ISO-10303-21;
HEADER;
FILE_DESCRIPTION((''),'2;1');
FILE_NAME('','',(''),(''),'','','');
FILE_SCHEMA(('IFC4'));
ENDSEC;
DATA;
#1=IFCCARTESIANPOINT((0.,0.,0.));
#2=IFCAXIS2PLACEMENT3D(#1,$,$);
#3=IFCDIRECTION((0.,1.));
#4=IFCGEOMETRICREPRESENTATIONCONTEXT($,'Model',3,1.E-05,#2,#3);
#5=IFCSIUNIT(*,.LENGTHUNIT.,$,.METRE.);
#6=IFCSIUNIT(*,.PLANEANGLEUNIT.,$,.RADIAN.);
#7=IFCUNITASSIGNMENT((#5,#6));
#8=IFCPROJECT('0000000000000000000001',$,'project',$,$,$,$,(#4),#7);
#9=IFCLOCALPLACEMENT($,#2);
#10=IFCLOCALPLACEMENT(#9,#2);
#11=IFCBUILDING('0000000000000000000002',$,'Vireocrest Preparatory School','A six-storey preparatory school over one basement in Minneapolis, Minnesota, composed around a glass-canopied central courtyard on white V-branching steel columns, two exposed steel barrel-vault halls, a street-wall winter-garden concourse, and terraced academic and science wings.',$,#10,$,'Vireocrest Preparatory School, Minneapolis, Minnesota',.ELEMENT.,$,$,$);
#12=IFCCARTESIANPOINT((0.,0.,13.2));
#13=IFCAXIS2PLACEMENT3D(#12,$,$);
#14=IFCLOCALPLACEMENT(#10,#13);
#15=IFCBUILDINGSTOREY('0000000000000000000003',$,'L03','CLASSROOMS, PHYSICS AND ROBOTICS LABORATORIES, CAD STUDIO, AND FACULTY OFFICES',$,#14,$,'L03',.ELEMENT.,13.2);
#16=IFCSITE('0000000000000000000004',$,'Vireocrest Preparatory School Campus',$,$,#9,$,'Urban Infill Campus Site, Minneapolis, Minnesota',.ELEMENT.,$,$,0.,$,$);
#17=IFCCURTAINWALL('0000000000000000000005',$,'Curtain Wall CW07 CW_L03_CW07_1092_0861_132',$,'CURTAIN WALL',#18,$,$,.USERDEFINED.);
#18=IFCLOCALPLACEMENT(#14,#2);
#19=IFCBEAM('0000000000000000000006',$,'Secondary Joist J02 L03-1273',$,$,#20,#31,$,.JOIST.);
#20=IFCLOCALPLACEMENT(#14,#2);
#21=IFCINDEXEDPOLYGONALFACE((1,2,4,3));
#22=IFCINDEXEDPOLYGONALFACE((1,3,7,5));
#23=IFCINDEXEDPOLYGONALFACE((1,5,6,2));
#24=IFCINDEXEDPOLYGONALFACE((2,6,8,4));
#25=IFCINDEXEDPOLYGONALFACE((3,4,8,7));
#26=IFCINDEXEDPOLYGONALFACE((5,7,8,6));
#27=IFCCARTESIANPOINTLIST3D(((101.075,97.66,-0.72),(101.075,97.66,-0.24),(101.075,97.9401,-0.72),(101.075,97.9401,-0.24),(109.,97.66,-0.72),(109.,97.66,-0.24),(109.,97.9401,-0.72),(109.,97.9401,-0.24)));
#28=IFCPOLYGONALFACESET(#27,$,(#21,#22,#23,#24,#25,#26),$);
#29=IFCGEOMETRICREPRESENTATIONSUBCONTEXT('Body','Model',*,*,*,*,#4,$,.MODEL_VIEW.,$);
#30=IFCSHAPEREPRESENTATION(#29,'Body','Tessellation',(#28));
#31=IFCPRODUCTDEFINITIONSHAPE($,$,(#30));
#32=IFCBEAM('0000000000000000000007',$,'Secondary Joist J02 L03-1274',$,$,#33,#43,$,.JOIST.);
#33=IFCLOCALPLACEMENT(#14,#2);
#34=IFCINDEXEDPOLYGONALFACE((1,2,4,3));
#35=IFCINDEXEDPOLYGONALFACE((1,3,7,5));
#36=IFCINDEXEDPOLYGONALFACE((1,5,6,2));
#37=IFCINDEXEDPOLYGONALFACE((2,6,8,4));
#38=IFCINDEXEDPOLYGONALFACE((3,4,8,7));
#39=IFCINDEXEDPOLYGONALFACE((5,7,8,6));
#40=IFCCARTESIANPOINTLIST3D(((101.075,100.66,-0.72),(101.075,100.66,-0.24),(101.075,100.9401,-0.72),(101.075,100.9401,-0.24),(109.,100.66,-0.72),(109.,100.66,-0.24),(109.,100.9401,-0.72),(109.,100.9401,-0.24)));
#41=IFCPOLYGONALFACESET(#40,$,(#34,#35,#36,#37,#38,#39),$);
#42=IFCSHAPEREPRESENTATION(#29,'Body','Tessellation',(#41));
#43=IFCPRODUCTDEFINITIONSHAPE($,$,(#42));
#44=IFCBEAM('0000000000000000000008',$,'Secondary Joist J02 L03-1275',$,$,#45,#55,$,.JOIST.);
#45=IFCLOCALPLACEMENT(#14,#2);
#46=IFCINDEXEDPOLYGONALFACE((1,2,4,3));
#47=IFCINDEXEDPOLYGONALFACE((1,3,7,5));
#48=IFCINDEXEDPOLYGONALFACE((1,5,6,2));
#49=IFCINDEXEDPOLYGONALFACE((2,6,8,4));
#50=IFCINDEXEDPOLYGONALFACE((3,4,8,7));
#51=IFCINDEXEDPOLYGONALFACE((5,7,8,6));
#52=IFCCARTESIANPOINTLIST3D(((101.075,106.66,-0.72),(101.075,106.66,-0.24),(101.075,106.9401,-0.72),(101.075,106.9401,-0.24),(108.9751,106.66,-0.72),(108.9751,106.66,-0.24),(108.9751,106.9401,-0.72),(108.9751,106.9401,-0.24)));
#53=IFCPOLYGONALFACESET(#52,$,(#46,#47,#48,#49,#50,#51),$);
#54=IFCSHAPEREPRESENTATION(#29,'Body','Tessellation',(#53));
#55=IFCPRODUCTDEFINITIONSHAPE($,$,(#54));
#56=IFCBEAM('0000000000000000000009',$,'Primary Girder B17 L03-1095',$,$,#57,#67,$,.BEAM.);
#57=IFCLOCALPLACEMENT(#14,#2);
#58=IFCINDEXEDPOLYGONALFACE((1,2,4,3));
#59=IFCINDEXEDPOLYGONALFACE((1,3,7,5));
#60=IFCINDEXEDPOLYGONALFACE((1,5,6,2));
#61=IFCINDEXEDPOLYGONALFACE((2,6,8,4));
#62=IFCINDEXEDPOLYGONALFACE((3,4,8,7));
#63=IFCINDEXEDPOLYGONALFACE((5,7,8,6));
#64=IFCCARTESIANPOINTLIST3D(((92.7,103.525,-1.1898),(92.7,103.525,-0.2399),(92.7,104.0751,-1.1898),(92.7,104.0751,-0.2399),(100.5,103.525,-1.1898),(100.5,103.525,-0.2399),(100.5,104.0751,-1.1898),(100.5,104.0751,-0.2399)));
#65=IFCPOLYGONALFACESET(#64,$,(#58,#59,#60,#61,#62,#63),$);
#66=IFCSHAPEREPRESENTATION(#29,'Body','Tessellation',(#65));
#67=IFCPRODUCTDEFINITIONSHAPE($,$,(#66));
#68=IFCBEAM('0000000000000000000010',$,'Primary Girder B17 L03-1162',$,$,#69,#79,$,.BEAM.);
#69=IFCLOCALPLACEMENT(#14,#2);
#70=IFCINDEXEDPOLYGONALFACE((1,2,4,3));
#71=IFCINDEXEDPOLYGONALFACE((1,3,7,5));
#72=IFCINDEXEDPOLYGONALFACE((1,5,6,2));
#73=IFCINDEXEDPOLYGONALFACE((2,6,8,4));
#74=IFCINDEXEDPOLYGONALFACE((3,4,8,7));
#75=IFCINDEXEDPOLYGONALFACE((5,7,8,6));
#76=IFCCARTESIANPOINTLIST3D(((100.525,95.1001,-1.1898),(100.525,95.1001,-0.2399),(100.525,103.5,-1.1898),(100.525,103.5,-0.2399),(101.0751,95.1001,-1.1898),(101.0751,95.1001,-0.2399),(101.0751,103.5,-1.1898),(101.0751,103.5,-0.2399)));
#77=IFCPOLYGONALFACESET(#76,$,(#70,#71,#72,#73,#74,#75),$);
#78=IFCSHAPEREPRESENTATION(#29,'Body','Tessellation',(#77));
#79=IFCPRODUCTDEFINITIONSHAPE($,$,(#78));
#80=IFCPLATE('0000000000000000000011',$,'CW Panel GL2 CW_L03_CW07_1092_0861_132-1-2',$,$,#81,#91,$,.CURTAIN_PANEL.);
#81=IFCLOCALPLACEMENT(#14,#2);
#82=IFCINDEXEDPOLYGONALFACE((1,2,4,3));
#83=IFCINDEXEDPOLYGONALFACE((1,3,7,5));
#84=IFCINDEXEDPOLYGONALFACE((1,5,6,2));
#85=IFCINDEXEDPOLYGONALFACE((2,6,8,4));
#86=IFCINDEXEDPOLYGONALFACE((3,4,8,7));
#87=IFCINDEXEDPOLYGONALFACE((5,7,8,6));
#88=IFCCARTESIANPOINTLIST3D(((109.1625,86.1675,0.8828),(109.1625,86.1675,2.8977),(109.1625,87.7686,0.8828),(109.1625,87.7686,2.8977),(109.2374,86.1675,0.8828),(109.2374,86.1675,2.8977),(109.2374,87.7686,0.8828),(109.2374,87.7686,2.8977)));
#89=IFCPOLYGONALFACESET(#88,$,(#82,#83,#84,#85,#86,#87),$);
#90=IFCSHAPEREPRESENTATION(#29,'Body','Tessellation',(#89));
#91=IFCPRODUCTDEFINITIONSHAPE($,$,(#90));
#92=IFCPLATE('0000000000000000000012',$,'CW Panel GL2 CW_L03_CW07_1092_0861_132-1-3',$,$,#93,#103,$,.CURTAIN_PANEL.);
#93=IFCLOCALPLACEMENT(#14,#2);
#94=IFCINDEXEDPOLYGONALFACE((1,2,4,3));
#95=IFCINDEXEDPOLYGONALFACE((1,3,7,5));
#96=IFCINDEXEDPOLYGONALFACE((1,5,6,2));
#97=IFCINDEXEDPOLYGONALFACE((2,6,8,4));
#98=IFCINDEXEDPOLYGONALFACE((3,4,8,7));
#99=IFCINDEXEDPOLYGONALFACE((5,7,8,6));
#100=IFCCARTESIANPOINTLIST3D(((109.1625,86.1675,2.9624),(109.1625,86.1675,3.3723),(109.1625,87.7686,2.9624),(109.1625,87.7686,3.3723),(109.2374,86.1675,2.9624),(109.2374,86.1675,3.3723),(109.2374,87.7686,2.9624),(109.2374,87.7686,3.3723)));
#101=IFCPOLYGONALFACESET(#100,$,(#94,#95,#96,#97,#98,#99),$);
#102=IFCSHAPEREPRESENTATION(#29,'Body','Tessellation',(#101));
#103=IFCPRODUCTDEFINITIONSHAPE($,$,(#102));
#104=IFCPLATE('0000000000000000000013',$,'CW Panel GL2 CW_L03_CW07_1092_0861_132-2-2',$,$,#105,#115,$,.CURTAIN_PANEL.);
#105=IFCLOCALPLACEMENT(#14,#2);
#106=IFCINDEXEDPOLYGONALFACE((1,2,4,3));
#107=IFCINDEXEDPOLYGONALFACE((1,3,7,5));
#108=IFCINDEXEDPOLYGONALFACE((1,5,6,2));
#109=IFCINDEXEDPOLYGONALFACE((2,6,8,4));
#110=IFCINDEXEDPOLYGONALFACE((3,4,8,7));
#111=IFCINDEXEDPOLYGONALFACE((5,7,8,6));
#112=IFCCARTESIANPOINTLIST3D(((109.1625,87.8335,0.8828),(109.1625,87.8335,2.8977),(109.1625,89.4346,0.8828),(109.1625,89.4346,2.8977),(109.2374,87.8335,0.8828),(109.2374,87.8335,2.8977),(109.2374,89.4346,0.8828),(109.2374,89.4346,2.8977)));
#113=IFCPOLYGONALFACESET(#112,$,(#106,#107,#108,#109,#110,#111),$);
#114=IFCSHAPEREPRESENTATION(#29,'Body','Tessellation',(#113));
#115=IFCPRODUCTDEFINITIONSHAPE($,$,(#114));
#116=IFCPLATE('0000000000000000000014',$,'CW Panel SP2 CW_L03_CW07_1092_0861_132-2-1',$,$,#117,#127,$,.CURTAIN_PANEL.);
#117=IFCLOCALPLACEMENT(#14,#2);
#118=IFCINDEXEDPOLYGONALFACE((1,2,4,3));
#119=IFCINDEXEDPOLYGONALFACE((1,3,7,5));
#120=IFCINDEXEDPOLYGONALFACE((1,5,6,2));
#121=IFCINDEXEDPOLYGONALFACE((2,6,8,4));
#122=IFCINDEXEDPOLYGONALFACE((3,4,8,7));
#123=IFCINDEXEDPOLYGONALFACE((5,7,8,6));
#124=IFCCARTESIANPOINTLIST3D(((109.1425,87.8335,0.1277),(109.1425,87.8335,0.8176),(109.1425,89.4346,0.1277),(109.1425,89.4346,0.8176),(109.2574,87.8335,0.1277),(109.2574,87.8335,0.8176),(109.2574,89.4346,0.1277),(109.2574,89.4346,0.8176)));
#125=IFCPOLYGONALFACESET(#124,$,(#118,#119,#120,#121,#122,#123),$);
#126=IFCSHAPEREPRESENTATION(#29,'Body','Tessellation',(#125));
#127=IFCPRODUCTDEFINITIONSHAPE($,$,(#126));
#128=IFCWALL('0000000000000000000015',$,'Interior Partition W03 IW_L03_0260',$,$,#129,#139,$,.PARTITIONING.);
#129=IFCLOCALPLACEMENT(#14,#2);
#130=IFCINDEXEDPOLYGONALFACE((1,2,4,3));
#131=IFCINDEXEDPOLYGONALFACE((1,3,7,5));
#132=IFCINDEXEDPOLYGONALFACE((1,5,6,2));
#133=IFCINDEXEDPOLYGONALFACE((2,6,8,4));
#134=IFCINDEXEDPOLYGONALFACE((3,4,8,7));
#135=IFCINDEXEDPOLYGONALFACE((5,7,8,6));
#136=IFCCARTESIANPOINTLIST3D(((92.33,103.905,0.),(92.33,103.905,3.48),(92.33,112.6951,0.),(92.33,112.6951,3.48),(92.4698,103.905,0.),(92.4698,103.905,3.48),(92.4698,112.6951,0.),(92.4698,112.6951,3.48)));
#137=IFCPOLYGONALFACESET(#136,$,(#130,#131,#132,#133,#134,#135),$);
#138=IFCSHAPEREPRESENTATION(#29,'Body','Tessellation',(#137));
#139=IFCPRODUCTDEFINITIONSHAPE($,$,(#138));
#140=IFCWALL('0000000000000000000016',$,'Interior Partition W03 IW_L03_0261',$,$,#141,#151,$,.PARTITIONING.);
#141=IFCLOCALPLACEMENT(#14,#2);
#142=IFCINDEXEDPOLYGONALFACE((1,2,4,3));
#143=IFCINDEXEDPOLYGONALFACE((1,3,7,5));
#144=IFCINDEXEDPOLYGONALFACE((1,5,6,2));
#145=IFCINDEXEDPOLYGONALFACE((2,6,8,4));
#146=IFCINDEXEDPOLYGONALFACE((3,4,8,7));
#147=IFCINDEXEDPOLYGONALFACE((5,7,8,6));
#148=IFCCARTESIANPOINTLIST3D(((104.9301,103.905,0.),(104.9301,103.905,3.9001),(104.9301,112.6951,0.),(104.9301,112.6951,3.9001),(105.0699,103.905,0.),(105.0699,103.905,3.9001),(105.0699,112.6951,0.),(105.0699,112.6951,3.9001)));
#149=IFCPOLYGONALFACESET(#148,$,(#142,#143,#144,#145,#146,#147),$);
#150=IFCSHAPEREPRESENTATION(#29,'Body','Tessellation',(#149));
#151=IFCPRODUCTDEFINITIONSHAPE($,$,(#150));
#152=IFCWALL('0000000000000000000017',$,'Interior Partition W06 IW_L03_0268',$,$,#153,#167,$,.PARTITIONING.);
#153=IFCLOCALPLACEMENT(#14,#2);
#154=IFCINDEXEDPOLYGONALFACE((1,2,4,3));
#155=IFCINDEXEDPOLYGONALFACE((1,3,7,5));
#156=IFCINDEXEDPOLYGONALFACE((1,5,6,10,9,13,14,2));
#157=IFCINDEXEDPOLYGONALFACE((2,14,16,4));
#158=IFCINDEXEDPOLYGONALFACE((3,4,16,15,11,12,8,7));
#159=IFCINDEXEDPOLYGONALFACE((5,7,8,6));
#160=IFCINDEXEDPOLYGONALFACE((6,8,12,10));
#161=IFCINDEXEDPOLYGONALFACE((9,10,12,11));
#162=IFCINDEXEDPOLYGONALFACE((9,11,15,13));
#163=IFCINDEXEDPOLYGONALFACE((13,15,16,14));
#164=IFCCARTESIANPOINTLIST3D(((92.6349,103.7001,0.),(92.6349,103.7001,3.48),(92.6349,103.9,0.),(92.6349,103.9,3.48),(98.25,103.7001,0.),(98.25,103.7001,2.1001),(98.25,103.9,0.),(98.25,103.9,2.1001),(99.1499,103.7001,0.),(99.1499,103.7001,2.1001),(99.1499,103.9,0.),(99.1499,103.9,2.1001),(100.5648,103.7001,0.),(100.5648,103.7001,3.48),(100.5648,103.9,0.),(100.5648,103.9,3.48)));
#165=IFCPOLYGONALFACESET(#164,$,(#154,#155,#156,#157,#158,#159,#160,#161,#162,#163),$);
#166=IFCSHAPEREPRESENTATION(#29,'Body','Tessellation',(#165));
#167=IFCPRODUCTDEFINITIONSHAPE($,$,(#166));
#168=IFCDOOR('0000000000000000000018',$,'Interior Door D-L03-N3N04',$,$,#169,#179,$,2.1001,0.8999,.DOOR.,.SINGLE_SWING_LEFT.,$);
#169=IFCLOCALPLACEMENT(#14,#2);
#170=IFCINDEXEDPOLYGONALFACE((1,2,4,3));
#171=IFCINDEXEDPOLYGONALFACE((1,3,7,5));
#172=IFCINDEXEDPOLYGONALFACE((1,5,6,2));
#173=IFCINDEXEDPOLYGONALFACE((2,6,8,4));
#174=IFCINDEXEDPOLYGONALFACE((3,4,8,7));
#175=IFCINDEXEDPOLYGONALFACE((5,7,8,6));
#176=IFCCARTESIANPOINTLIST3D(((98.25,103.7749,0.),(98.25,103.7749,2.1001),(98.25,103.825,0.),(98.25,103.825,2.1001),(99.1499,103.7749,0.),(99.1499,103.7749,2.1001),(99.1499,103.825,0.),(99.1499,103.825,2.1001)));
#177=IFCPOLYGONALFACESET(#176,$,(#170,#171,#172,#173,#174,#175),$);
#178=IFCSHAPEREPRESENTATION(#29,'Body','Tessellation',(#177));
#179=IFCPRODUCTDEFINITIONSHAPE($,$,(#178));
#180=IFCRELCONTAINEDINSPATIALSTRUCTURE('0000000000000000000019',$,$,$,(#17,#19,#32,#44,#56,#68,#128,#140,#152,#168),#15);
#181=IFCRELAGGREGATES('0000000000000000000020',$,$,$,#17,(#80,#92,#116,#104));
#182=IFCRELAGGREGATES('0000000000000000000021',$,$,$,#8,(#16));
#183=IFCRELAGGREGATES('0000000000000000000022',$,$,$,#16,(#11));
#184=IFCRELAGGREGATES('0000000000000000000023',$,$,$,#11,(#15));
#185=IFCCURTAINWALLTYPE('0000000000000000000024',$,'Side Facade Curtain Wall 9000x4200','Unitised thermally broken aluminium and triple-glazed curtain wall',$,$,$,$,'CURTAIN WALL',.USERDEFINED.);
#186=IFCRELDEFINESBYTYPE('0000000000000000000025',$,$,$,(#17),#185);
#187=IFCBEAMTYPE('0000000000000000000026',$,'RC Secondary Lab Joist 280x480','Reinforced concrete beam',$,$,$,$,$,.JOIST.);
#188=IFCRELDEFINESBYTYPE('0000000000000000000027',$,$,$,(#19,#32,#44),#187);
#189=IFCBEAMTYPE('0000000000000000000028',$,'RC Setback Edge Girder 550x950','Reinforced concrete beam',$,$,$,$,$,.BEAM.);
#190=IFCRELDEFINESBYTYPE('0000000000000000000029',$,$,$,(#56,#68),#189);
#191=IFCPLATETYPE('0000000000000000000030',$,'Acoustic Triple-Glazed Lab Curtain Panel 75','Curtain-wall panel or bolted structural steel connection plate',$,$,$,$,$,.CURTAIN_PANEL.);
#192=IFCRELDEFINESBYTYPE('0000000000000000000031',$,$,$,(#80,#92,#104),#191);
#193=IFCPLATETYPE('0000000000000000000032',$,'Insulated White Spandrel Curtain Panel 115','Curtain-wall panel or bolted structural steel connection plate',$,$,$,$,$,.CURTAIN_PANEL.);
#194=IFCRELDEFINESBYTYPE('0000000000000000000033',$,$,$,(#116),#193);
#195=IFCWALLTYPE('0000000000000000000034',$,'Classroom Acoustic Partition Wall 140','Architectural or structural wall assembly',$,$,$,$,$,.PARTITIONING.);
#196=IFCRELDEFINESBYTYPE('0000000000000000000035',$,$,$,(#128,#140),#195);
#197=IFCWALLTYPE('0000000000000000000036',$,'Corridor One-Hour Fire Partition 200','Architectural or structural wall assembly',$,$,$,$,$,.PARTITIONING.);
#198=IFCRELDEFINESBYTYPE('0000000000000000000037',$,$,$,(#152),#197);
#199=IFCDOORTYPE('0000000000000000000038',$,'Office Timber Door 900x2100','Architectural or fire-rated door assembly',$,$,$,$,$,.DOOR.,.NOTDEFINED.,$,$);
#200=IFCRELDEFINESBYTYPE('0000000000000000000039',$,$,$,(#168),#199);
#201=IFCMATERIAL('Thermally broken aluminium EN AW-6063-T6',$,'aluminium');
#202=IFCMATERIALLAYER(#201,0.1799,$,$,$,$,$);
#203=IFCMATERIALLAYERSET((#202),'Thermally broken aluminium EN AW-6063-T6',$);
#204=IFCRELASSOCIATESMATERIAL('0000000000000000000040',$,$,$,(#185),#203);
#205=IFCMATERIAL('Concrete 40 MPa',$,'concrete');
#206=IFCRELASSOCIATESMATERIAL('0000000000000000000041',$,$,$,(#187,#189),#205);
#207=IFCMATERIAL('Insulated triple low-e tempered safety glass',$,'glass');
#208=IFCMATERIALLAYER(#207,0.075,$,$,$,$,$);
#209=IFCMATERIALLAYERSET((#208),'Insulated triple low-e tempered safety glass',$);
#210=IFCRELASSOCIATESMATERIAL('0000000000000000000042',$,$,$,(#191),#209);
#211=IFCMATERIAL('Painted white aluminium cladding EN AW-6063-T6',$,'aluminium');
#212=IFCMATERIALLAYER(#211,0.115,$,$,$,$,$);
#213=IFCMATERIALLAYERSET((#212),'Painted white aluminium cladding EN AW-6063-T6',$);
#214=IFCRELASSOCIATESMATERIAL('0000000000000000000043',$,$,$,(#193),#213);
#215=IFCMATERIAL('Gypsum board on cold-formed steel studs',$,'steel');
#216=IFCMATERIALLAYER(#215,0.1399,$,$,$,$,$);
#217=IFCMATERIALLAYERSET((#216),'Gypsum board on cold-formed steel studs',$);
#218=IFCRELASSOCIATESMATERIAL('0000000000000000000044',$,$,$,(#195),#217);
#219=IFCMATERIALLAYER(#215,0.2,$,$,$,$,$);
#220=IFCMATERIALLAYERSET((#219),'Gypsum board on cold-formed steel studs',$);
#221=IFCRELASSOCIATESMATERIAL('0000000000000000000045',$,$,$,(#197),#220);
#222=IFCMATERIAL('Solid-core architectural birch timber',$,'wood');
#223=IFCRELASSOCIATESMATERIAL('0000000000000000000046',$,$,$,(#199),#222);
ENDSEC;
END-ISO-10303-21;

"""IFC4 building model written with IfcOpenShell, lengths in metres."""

from ifc_helpers import new_model, si_unit, direction, frame, frame_2d, origin, origin_2d, place, context, subcontext, project, spatial, rectangle, extrude, material, layer, layer_set, material_profile, profile_set, type_object, element, fill, aggregate, save


model = new_model("IFC4")

# Units and contexts
model_context = context("Model", 3, precision=1e-05, world=origin(), true_north=direction((0.0, 1.0)))
body_context = subcontext(model_context, "Body", "Model", "MODEL_VIEW")
ifc_project = project(units=[si_unit("LENGTHUNIT", "METRE"), si_unit("PLANEANGLEUNIT", "RADIAN")], contexts=[model_context])

# Site, building, storey
site_placement = place(None, origin())
site = spatial("IfcSite", under=ifc_project, at=site_placement, Name="Vireocrest Preparatory School Campus", LongName="Urban Infill Campus Site, Minneapolis, Minnesota", CompositionType="ELEMENT", RefElevation=0.0)
building_placement = place(site_placement, origin())
building = spatial("IfcBuilding", under=site, at=building_placement, Name="Vireocrest Preparatory School", Description="A six-storey preparatory school over one basement in Minneapolis, Minnesota, composed around a glass-canopied central courtyard on white V-branching steel columns, two exposed steel barrel-vault halls, a street-wall winter-garden concourse, and terraced academic and science wings.", LongName="Vireocrest Preparatory School, Minneapolis, Minnesota", CompositionType="ELEMENT")
storey_placement = place(building_placement, frame((0.0, 0.0, 13.2)))
storey = spatial("IfcBuildingStorey", under=building, at=storey_placement, Name="L03", Description="CLASSROOMS, PHYSICS AND ROBOTICS LABORATORIES, CAD STUDIO, AND FACULTY OFFICES", LongName="L03", CompositionType="ELEMENT", Elevation=13.2)

# Curtain wall
ifc_material_1 = material(Name="Thermally broken aluminium EN AW-6063-T6", Category="aluminium")
ifc_layer_1 = layer(ifc_material_1, 0.1799)
ifc_layer_set_1 = layer_set([ifc_layer_1], Name="Thermally broken aluminium EN AW-6063-T6")
curtain_wall_type = type_object("IfcCurtainWallType", Name="Side Facade Curtain Wall 9000x4200", Description="Unitised thermally broken aluminium and triple-glazed curtain wall", ElementType="CURTAIN WALL", PredefinedType="USERDEFINED", material=ifc_layer_set_1)
curtain_wall_placement = place(storey_placement, origin())
curtain_wall = element("IfcCurtainWall", 1, at=curtain_wall_placement, inside=storey, type_object=curtain_wall_type, Name="Curtain Wall CW07 CW_L03_CW07_1092_0861_132", ObjectType="CURTAIN WALL", PredefinedType="USERDEFINED")

# Beams
ifc_material_2 = material(Name="Concrete 40 MPa", Category="concrete")
ifc_material_profile_1 = material_profile(ifc_material_2, rectangle(XDim=0.28, YDim=0.48, at=origin_2d()), Name="RC 280x480")
ifc_profile_set_1 = profile_set([ifc_material_profile_1], Name="Concrete 40 MPa")
beam_type_1 = type_object("IfcBeamType", Name="RC Secondary Lab Joist 280x480", Description="Reinforced concrete beam", PredefinedType="JOIST", material=ifc_profile_set_1)
for number, where, z_axis, x_axis, name in (
    (2, (101.075, 97.8, -0.48), (1.0, 0.0, 0.0), (0.0, 1.0, 0.0), "Secondary Joist J02 L03-1273"),
    (3, (101.075, 100.8, -0.48), (1.0, 0.0, 0.0), (0.0, 1.0, 0.0), "Secondary Joist J02 L03-1274"),
):
    element("IfcBeam", number, at=place(storey_placement, frame(where, z_axis=z_axis, x_axis=x_axis)), inside=storey, type_object=beam_type_1, Name=name, PredefinedType="JOIST", context=body_context, shape_type="SweptSolid", body=[
        extrude(rectangle(XDim=0.28, YDim=0.48, at=origin_2d()), origin(), (0.0, 0.0, 1.0), 7.925),
    ])
beam_1_placement = place(storey_placement, frame((101.075, 106.8, -0.48), z_axis=(1.0, 0.0, 0.0), x_axis=(0.0, 1.0, 0.0)))
element("IfcBeam", 4, at=beam_1_placement, inside=storey, type_object=beam_type_1, Name="Secondary Joist J02 L03-1275", PredefinedType="JOIST", context=body_context, shape_type="SweptSolid", body=[
    extrude(rectangle(XDim=0.28, YDim=0.48, at=origin_2d()), origin(), (0.0, 0.0, 1.0), 7.9001),
])
ifc_material_profile_2 = material_profile(ifc_material_2, rectangle(XDim=0.55, YDim=0.95, at=origin_2d()), Name="RC 550x950")
ifc_profile_set_2 = profile_set([ifc_material_profile_2], Name="Concrete 40 MPa")
beam_type_2 = type_object("IfcBeamType", Name="RC Setback Edge Girder 550x950", Description="Reinforced concrete beam", PredefinedType="BEAM", material=ifc_profile_set_2)
beam_2_placement = place(storey_placement, frame((92.7, 103.8, -0.7148), z_axis=(1.0, 0.0, 0.0), x_axis=(0.0, 1.0, 0.0)))
element("IfcBeam", 5, at=beam_2_placement, inside=storey, type_object=beam_type_2, Name="Primary Girder B17 L03-1095", PredefinedType="BEAM", context=body_context, shape_type="SweptSolid", body=[
    extrude(rectangle(XDim=0.55, YDim=0.95, at=origin_2d()), origin(), (0.0, 0.0, 1.0), 7.8),
])
beam_3_placement = place(storey_placement, frame((100.8, 95.1001, -0.7148), z_axis=(0.0, 1.0, 0.0), x_axis=(-1.0, 0.0, 0.0)))
element("IfcBeam", 6, at=beam_3_placement, inside=storey, type_object=beam_type_2, Name="Primary Girder B17 L03-1162", PredefinedType="BEAM", context=body_context, shape_type="SweptSolid", body=[
    extrude(rectangle(XDim=0.55, YDim=0.95, at=origin_2d()), origin(), (0.0, 0.0, 1.0), 8.3999),
])

# Plates
ifc_material_3 = material(Name="Insulated triple low-e tempered safety glass", Category="glass")
ifc_layer_2 = layer(ifc_material_3, 0.075)
ifc_layer_set_2 = layer_set([ifc_layer_2], Name="Insulated triple low-e tempered safety glass")
plate_type_1 = type_object("IfcPlateType", Name="Acoustic Triple-Glazed Lab Curtain Panel 75", Description="Curtain-wall panel or bolted structural steel connection plate", PredefinedType="CURTAIN_PANEL", material=ifc_layer_set_2)
plate_1_placement = place(storey_placement, frame((109.2, 86.968, 0.8828), z_axis=(0.0, 0.0, 1.0), x_axis=(0.0, 1.0, 0.0)))
plate_1 = element("IfcPlate", 7, at=plate_1_placement, type_object=plate_type_1, Name="CW Panel GL2 CW_L03_CW07_1092_0861_132-1-2", PredefinedType="CURTAIN_PANEL", context=body_context, shape_type="SweptSolid", body=[
    extrude(rectangle(XDim=1.6011, YDim=0.075, at=origin_2d()), origin(), (0.0, 0.0, 1.0), 2.0149),
])
plate_2_placement = place(storey_placement, frame((109.2, 86.968, 2.9624), z_axis=(0.0, 0.0, 1.0), x_axis=(0.0, 1.0, 0.0)))
plate_2 = element("IfcPlate", 8, at=plate_2_placement, type_object=plate_type_1, Name="CW Panel GL2 CW_L03_CW07_1092_0861_132-1-3", PredefinedType="CURTAIN_PANEL", context=body_context, shape_type="SweptSolid", body=[
    extrude(rectangle(XDim=1.6011, YDim=0.075, at=origin_2d()), origin(), (0.0, 0.0, 1.0), 0.4099),
])
plate_3_placement = place(storey_placement, frame((109.2, 88.634, 0.8828), z_axis=(0.0, 0.0, 1.0), x_axis=(0.0, 1.0, 0.0)))
plate_3 = element("IfcPlate", 9, at=plate_3_placement, type_object=plate_type_1, Name="CW Panel GL2 CW_L03_CW07_1092_0861_132-2-2", PredefinedType="CURTAIN_PANEL", context=body_context, shape_type="SweptSolid", body=[
    extrude(rectangle(XDim=1.6011, YDim=0.075, at=origin_2d()), origin(), (0.0, 0.0, 1.0), 2.0149),
])
ifc_material_4 = material(Name="Painted white aluminium cladding EN AW-6063-T6", Category="aluminium")
ifc_layer_3 = layer(ifc_material_4, 0.115)
ifc_layer_set_3 = layer_set([ifc_layer_3], Name="Painted white aluminium cladding EN AW-6063-T6")
plate_type_2 = type_object("IfcPlateType", Name="Insulated White Spandrel Curtain Panel 115", Description="Curtain-wall panel or bolted structural steel connection plate", PredefinedType="CURTAIN_PANEL", material=ifc_layer_set_3)
plate_4_placement = place(storey_placement, frame((109.2, 88.634, 0.1277), z_axis=(0.0, 0.0, 1.0), x_axis=(0.0, 1.0, 0.0)))
plate_4 = element("IfcPlate", 10, at=plate_4_placement, type_object=plate_type_2, Name="CW Panel SP2 CW_L03_CW07_1092_0861_132-2-1", PredefinedType="CURTAIN_PANEL", context=body_context, shape_type="SweptSolid", body=[
    extrude(rectangle(XDim=1.6011, YDim=0.115, at=origin_2d()), origin(), (0.0, 0.0, 1.0), 0.6899),
])
aggregate(curtain_wall, [plate_1, plate_2, plate_4, plate_3])

# Walls
ifc_material_5 = material(Name="Gypsum board on cold-formed steel studs", Category="steel")
ifc_layer_4 = layer(ifc_material_5, 0.1399)
ifc_layer_set_4 = layer_set([ifc_layer_4], Name="Gypsum board on cold-formed steel studs")
wall_type_1 = type_object("IfcWallType", Name="Classroom Acoustic Partition Wall 140", Description="Architectural or structural wall assembly", PredefinedType="PARTITIONING", material=ifc_layer_set_4)
wall_1_placement = place(storey_placement, frame((92.3999, 103.905, 0.0), z_axis=(0.0, 0.0, 1.0), x_axis=(0.0, 1.0, 0.0)))
element("IfcWall", 11, at=wall_1_placement, inside=storey, type_object=wall_type_1, Name="Interior Partition W03 IW_L03_0260", PredefinedType="PARTITIONING", context=body_context, shape_type="SweptSolid", body=[
    extrude(rectangle(XDim=8.79, YDim=0.1399, at=frame_2d((4.395, 0.0))), origin(), (0.0, 0.0, 1.0), 3.48),
])
wall_2_placement = place(storey_placement, frame((105.0, 103.905, 0.0), z_axis=(0.0, 0.0, 1.0), x_axis=(0.0, 1.0, 0.0)))
element("IfcWall", 12, at=wall_2_placement, inside=storey, type_object=wall_type_1, Name="Interior Partition W03 IW_L03_0261", PredefinedType="PARTITIONING", context=body_context, shape_type="SweptSolid", body=[
    extrude(rectangle(XDim=8.79, YDim=0.1399, at=frame_2d((4.395, 0.0))), origin(), (0.0, 0.0, 1.0), 3.9001),
])

# Wall, opening, door
ifc_layer_5 = layer(ifc_material_5, 0.2)
ifc_layer_set_5 = layer_set([ifc_layer_5], Name="Gypsum board on cold-formed steel studs")
wall_type_2 = type_object("IfcWallType", Name="Corridor One-Hour Fire Partition 200", Description="Architectural or structural wall assembly", PredefinedType="PARTITIONING", material=ifc_layer_set_5)
wall_3_placement = place(storey_placement, frame((92.635, 103.8, 0.0), z_axis=(0.0, 0.0, 1.0), x_axis=(1.0, 0.0, 0.0)))
wall_3 = element("IfcWall", 13, at=wall_3_placement, inside=storey, type_object=wall_type_2, Name="Interior Partition W06 IW_L03_0268", PredefinedType="PARTITIONING", context=body_context, shape_type="SweptSolid", body=[
    extrude(rectangle(XDim=7.9299, YDim=0.2, at=frame_2d((3.9648, 0.0))), origin(), (0.0, 0.0, 1.0), 3.48),
])
opening_1_placement = place(wall_3_placement, frame((5.615, 0.0, 0.0)))
opening_1 = element("IfcOpeningElement", 14, at=opening_1_placement, cuts=wall_3, PredefinedType="OPENING", context=body_context, shape_type="SweptSolid", body=[
    extrude(rectangle(XDim=0.8999, YDim=2.1001, at=frame_2d((0.45, 1.05))), frame((0.0, 0.1099, 0.0), z_axis=(0.0, -1.0, 0.0), x_axis=(1.0, 0.0, 0.0)), (0.0, 0.0, 1.0), 0.22),
])
ifc_material_6 = material(Name="Solid-core architectural birch timber", Category="wood")
door_type = type_object("IfcDoorType", Name="Office Timber Door 900x2100", Description="Architectural or fire-rated door assembly", OperationType="NOTDEFINED", PredefinedType="DOOR", material=ifc_material_6)
door_1_placement = place(opening_1_placement, origin())
door_1 = element("IfcDoor", 15, at=door_1_placement, inside=storey, type_object=door_type, Name="Interior Door D-L03-N3N04", OperationType="SINGLE_SWING_LEFT", OverallHeight=2.1001, OverallWidth=0.8999, PredefinedType="DOOR", context=body_context, shape_type="SweptSolid", body=[
    extrude(rectangle(XDim=0.8999, YDim=2.1001, at=frame_2d((0.45, 1.05))), frame((0.0, 0.0249, 0.0), z_axis=(0.0, -1.0, 0.0), x_axis=(1.0, 0.0, 0.0)), (0.0, 0.0, 1.0), 0.05),
])
fill(opening_1, door_1)

save(model, "model.ifc")
